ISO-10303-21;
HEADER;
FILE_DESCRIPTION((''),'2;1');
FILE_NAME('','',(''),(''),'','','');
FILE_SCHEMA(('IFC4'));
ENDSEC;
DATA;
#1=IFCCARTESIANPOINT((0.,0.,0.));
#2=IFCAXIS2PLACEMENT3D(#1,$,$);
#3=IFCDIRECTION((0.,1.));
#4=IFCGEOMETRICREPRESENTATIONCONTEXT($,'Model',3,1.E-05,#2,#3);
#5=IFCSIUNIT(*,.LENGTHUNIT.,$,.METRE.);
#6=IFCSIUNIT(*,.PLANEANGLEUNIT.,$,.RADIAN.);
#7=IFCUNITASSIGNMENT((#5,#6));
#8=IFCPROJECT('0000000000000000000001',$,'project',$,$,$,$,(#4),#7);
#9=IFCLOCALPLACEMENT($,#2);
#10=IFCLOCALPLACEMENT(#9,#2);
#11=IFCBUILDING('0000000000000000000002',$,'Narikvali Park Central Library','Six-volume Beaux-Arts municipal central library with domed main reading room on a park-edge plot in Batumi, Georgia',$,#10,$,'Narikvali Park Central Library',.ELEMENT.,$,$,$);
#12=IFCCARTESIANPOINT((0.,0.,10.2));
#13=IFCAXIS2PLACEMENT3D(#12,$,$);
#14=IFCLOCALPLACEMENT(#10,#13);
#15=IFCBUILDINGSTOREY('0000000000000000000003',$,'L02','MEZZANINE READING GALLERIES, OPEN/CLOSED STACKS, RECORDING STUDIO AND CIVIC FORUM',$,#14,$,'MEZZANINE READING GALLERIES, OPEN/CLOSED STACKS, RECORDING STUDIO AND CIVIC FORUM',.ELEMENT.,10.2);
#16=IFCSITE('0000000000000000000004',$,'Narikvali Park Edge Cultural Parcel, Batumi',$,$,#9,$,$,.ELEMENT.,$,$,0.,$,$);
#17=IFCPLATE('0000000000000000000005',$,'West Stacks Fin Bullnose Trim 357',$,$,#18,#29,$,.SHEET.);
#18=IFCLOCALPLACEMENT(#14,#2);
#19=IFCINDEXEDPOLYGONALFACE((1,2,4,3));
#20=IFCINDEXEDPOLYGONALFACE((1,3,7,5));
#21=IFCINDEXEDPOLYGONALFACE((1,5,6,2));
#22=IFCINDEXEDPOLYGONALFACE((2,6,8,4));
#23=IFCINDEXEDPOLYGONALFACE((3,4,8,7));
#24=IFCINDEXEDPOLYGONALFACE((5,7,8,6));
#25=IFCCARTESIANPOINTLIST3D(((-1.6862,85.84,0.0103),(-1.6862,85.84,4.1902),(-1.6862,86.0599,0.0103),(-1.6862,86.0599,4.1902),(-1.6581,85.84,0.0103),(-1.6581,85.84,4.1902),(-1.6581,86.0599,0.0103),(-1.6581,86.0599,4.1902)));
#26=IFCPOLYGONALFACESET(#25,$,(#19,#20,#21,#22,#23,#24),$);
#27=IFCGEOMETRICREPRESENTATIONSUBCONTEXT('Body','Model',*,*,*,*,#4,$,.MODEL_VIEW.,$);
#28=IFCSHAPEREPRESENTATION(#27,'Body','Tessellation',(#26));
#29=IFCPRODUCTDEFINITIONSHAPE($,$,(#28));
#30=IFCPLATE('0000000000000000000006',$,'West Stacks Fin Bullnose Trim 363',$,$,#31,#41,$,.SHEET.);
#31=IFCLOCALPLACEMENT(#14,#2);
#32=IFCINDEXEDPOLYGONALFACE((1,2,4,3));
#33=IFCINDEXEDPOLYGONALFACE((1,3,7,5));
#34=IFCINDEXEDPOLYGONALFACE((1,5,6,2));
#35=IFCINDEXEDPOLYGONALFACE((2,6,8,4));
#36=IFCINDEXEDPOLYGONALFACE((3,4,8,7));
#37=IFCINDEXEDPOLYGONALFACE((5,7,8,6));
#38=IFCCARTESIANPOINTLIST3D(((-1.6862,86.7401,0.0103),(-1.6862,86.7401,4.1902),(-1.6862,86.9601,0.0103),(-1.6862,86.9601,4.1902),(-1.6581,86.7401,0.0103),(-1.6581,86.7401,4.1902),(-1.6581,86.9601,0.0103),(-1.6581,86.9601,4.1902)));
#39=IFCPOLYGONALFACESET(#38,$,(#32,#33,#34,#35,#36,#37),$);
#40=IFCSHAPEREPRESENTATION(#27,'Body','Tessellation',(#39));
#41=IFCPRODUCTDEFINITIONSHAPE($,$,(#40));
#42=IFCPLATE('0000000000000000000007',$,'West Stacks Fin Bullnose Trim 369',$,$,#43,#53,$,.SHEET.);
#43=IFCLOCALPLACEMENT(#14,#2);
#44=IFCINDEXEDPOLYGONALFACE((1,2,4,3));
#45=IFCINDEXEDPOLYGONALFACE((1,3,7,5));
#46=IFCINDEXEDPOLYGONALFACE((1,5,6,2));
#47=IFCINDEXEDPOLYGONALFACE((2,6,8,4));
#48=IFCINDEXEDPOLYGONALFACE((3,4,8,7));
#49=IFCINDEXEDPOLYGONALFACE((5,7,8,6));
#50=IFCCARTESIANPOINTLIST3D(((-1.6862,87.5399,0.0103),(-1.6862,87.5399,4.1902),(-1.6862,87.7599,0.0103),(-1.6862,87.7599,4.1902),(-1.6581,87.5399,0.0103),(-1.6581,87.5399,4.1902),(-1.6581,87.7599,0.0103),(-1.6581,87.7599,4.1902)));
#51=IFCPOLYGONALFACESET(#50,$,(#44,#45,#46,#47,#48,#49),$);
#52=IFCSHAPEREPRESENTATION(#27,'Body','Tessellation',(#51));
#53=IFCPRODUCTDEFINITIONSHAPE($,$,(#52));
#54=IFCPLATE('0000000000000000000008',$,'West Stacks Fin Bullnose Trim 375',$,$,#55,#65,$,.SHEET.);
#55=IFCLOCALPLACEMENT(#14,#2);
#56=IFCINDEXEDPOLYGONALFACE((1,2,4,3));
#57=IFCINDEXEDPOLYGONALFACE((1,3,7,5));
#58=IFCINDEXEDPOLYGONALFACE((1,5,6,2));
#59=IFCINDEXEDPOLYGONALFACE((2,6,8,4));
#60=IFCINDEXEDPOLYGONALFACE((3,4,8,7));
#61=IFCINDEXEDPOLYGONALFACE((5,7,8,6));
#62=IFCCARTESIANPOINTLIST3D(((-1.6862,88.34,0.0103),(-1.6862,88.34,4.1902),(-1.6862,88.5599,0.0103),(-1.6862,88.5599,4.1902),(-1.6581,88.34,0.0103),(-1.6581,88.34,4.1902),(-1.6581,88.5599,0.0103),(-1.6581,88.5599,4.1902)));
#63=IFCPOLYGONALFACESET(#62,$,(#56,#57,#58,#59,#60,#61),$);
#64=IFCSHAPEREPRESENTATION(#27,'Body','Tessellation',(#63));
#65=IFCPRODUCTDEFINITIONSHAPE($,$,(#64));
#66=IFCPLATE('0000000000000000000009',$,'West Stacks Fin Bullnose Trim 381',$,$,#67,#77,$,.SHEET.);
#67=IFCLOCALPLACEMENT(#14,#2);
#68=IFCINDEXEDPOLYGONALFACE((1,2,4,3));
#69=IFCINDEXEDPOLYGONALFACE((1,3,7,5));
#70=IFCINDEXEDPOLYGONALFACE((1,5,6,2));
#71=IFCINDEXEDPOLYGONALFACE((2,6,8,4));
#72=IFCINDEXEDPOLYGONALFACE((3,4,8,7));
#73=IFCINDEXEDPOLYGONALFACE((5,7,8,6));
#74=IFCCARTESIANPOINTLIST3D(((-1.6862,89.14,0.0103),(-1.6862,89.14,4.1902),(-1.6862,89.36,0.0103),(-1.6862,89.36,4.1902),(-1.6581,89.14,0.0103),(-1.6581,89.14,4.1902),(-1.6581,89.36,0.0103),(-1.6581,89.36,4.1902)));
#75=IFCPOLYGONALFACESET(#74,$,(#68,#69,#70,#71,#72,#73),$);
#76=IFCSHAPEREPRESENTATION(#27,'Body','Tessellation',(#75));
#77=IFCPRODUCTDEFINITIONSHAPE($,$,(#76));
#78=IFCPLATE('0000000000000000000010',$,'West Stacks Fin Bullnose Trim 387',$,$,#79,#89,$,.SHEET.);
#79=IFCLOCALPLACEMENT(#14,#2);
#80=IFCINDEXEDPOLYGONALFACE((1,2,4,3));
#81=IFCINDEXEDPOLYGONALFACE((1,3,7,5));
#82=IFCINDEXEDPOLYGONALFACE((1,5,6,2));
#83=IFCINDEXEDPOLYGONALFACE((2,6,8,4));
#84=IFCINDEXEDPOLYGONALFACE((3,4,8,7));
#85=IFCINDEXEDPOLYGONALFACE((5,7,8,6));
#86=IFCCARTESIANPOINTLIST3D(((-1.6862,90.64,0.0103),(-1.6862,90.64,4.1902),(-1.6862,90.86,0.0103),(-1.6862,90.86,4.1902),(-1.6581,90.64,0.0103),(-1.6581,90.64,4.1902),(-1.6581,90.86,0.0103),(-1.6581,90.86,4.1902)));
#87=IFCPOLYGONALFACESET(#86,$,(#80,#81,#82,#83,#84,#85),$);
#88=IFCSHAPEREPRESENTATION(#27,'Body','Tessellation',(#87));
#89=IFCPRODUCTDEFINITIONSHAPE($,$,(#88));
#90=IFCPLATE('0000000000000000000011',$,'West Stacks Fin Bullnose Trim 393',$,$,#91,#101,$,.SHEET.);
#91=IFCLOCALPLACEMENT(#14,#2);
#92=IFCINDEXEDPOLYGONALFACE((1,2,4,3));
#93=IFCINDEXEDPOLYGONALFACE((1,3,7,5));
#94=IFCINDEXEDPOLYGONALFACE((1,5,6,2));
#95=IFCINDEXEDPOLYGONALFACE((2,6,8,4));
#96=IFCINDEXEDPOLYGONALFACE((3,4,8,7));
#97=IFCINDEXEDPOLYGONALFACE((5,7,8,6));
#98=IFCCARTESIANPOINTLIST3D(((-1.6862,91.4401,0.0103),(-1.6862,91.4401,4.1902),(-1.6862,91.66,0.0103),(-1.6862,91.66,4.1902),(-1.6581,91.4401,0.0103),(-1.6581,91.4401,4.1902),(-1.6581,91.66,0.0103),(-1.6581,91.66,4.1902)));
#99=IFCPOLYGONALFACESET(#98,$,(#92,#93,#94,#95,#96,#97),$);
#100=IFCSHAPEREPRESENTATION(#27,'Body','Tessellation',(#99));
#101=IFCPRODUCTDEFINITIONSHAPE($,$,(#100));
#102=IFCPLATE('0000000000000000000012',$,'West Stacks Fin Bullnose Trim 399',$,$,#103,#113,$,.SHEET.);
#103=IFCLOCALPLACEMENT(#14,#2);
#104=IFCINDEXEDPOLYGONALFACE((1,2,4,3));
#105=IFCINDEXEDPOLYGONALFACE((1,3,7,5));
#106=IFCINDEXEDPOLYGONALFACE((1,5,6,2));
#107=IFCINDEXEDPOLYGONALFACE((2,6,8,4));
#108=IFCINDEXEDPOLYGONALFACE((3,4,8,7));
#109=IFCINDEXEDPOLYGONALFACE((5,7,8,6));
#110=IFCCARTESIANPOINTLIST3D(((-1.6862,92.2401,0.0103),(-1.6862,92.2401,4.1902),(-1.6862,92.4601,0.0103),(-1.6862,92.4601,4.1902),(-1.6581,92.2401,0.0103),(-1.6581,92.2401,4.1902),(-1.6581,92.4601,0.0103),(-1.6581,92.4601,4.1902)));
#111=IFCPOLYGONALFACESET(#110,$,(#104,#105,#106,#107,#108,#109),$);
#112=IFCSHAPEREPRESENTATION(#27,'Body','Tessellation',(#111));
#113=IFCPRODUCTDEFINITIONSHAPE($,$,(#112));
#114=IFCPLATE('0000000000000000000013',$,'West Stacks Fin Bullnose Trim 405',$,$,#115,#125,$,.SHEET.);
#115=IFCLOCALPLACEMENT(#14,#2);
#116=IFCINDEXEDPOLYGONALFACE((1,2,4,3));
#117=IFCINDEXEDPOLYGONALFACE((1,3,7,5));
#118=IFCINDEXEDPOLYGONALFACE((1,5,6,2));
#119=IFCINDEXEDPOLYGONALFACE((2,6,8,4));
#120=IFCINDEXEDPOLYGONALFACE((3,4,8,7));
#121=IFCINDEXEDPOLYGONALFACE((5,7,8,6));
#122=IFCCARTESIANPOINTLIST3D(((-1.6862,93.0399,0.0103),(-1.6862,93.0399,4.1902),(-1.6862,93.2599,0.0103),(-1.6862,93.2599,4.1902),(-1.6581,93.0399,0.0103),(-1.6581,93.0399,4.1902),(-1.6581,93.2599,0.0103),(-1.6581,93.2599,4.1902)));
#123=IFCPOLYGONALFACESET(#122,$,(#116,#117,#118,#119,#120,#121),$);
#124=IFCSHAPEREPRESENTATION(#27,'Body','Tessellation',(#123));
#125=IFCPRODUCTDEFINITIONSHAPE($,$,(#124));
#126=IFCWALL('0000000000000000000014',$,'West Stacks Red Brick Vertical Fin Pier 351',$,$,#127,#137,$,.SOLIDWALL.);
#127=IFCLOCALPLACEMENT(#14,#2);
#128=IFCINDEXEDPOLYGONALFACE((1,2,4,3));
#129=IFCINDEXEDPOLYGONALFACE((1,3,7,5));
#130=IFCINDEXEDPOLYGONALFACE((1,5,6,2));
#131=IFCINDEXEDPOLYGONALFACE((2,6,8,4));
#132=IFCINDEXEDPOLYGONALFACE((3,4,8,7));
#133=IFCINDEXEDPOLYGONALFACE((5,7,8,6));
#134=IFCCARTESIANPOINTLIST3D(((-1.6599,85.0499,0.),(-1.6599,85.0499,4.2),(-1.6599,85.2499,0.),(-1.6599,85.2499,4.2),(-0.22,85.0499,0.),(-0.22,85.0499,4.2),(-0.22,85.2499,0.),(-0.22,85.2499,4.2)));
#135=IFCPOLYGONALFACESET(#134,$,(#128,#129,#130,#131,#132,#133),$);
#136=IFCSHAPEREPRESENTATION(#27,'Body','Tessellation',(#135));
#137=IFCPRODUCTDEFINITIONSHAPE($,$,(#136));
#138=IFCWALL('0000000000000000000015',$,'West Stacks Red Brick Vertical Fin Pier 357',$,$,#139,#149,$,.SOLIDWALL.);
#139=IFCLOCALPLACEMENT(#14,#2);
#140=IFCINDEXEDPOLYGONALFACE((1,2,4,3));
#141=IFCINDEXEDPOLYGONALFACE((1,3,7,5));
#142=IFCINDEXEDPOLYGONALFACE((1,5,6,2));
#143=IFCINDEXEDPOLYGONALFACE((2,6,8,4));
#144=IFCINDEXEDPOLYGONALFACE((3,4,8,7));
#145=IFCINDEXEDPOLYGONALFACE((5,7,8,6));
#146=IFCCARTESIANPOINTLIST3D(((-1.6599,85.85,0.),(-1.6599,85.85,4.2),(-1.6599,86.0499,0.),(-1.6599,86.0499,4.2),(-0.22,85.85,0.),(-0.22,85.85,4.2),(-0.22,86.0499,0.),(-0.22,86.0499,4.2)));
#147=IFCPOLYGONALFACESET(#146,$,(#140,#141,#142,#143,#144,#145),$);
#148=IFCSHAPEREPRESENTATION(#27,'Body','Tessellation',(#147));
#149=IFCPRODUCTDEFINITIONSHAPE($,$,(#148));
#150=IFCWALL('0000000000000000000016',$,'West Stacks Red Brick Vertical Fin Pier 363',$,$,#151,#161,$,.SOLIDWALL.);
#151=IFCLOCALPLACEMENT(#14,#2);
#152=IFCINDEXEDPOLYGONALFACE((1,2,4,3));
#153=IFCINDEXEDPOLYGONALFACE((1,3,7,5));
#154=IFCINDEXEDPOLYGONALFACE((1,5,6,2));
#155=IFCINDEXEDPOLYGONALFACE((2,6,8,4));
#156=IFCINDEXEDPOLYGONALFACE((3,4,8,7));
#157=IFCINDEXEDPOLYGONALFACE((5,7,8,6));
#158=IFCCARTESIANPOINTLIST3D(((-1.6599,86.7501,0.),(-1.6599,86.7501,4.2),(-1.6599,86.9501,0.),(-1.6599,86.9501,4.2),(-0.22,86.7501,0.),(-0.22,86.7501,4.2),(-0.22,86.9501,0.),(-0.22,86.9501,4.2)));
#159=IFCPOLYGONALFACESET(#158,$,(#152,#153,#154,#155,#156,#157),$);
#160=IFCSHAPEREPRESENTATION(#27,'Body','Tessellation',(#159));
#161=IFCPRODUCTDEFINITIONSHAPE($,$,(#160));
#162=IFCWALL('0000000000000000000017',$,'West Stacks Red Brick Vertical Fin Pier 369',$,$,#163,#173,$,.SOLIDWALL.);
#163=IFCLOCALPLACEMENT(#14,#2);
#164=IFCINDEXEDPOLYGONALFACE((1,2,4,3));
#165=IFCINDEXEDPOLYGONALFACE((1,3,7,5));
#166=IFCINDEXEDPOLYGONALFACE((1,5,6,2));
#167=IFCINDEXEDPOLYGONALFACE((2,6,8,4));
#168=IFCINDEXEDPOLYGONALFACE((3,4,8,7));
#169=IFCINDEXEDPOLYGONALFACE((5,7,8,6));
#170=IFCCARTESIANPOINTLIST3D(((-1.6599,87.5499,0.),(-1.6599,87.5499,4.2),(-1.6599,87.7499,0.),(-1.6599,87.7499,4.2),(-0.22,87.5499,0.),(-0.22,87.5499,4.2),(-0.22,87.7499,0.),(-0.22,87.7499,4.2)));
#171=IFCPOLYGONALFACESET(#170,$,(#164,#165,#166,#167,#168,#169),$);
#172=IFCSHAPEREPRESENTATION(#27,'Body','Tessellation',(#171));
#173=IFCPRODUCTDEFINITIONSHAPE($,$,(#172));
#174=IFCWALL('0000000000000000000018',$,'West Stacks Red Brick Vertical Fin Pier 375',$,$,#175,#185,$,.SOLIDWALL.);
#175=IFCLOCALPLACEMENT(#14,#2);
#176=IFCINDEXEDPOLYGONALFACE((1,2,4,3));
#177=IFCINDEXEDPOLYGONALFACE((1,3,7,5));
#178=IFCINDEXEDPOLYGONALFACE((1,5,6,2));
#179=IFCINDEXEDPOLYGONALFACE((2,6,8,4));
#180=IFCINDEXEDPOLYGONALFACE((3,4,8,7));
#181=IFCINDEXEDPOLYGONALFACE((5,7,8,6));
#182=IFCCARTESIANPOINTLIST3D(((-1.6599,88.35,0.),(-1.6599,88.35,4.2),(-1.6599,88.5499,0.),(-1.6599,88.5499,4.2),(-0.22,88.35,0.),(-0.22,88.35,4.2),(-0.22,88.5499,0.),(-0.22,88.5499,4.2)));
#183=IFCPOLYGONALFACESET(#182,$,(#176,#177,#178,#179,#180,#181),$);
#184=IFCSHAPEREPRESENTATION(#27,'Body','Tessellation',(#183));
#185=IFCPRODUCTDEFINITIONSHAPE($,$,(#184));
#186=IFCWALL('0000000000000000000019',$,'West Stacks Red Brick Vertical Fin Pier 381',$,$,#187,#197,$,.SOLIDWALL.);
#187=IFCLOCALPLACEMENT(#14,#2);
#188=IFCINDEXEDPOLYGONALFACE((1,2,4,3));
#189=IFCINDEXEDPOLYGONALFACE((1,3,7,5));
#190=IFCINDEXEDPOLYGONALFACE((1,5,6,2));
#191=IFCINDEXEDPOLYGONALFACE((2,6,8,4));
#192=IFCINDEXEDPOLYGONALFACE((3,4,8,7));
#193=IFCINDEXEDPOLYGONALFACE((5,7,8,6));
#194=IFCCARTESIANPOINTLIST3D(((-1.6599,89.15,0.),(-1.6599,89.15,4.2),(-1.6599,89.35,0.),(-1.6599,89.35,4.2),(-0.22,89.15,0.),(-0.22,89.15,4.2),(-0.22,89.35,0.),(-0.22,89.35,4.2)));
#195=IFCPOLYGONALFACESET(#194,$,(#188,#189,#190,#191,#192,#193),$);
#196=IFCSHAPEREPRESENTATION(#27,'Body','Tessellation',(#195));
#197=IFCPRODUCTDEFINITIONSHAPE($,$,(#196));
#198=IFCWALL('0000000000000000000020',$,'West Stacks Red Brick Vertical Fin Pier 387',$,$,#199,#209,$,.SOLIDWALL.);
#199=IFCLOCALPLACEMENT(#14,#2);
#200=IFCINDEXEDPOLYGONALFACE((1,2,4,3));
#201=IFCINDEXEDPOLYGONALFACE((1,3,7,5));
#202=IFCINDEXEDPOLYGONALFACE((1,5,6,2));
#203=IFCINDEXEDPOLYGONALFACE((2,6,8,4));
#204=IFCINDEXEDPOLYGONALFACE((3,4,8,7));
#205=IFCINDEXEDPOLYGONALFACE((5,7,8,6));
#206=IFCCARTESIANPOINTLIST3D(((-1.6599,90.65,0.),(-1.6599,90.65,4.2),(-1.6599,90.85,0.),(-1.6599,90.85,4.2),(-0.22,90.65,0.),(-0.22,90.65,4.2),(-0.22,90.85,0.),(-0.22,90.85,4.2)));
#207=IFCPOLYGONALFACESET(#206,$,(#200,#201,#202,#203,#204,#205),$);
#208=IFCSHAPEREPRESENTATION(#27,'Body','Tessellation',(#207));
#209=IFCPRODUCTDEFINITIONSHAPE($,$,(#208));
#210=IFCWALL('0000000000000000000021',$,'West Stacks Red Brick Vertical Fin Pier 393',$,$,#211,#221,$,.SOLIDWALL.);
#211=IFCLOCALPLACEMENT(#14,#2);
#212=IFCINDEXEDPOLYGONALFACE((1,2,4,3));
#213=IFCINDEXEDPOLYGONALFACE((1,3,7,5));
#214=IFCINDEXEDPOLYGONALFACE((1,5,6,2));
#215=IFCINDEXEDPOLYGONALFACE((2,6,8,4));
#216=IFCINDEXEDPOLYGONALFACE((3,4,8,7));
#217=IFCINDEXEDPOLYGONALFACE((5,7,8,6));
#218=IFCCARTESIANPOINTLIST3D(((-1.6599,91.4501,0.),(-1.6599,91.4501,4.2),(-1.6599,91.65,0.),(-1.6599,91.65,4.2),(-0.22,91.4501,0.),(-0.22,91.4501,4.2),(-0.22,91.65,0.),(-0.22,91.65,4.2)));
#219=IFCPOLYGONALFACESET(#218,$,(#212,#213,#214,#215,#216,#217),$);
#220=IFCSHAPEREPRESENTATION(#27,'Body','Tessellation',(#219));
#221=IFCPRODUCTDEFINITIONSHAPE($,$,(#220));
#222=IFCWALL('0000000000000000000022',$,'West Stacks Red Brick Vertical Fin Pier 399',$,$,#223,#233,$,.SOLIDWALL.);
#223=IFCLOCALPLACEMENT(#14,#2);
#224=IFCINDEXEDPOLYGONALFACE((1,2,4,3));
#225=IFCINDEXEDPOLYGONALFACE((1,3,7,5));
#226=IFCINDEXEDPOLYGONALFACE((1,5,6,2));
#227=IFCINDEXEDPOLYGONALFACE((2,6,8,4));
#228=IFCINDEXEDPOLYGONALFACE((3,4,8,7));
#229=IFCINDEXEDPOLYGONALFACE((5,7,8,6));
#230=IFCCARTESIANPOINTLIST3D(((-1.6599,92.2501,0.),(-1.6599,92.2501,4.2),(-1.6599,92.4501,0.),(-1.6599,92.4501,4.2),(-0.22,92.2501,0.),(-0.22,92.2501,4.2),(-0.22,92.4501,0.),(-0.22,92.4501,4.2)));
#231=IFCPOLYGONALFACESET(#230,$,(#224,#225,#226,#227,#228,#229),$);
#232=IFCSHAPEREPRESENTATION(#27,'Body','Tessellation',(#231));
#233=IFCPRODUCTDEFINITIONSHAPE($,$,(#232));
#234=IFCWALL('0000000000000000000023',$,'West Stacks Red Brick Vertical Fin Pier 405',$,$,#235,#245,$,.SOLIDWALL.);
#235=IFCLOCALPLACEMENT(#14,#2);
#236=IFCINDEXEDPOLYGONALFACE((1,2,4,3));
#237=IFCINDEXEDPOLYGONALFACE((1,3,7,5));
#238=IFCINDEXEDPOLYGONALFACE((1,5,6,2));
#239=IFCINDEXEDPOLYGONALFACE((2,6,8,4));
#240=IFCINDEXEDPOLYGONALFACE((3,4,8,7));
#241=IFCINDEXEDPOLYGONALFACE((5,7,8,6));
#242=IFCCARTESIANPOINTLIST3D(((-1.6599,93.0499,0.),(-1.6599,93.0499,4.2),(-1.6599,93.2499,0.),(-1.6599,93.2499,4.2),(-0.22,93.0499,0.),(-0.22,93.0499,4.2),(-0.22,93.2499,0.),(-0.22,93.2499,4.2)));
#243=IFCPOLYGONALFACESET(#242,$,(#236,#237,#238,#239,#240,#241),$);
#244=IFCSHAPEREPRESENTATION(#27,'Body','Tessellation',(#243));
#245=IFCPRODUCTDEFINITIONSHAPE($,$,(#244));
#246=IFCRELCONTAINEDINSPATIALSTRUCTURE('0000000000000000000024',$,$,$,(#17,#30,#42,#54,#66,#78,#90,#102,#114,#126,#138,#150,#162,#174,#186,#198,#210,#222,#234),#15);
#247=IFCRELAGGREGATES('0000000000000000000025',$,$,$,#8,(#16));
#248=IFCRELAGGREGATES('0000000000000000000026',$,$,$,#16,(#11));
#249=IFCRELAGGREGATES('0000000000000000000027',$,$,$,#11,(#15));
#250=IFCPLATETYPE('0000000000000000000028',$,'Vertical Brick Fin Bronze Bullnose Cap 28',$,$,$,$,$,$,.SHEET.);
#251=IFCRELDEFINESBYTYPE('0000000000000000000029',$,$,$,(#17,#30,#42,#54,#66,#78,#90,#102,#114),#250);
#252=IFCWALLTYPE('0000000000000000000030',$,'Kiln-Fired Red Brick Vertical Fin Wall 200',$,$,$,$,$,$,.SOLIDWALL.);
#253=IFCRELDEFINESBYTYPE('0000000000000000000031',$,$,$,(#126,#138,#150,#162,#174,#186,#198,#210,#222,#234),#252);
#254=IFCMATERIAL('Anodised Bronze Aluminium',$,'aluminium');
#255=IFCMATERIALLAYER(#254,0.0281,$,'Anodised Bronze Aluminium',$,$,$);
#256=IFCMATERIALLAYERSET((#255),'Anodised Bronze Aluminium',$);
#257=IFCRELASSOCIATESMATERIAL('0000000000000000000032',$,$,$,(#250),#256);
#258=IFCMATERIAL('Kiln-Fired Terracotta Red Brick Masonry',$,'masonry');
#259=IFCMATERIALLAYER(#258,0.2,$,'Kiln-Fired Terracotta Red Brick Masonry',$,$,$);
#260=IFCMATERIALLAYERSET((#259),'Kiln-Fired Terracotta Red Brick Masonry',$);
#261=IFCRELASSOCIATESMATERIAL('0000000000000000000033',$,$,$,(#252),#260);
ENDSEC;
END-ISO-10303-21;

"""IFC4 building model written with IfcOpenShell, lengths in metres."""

from ifc_helpers import new_model, si_unit, direction, frame, frame_2d, origin, origin_2d, place, context, subcontext, project, spatial, rectangle, extrude, material, layer, layer_set, type_object, element, save


model = new_model("IFC4")

# Units and contexts
model_context = context("Model", 3, precision=1e-05, world=origin(), true_north=direction((0.0, 1.0)))
body_context = subcontext(model_context, "Body", "Model", "MODEL_VIEW")
ifc_project = project(units=[si_unit("LENGTHUNIT", "METRE"), si_unit("PLANEANGLEUNIT", "RADIAN")], contexts=[model_context])

# Site, building, storey
site_placement = place(None, origin())
site = spatial("IfcSite", under=ifc_project, at=site_placement, Name="Narikvali Park Edge Cultural Parcel, Batumi", CompositionType="ELEMENT", RefElevation=0.0)
building_placement = place(site_placement, origin())
building = spatial("IfcBuilding", under=site, at=building_placement, Name="Narikvali Park Central Library", Description="Six-volume Beaux-Arts municipal central library with domed main reading room on a park-edge plot in Batumi, Georgia", LongName="Narikvali Park Central Library", CompositionType="ELEMENT")
storey_placement = place(building_placement, frame((0.0, 0.0, 10.2)))
storey = spatial("IfcBuildingStorey", under=building, at=storey_placement, Name="L02", Description="MEZZANINE READING GALLERIES, OPEN/CLOSED STACKS, RECORDING STUDIO AND CIVIC FORUM", LongName="MEZZANINE READING GALLERIES, OPEN/CLOSED STACKS, RECORDING STUDIO AND CIVIC FORUM", CompositionType="ELEMENT", Elevation=10.2)

# Plates
ifc_material_1 = material(Name="Anodised Bronze Aluminium", Category="aluminium")
ifc_layer_1 = layer(ifc_material_1, 0.0281, Name="Anodised Bronze Aluminium")
ifc_layer_set_1 = layer_set([ifc_layer_1], Name="Anodised Bronze Aluminium")
plate_type = type_object("IfcPlateType", Name="Vertical Brick Fin Bronze Bullnose Cap 28", PredefinedType="SHEET", material=ifc_layer_set_1)
for number, where, z_axis, x_axis, name in (
    (1, (-1.6721, 85.95, 0.0103), (0.0, 0.0, 1.0), (1.0, 0.0, 0.0), "West Stacks Fin Bullnose Trim 357"),
    (2, (-1.6721, 86.8501, 0.0103), (0.0, 0.0, 1.0), (1.0, 0.0, 0.0), "West Stacks Fin Bullnose Trim 363"),
    (3, (-1.6721, 87.6499, 0.0103), (0.0, 0.0, 1.0), (1.0, 0.0, 0.0), "West Stacks Fin Bullnose Trim 369"),
    (4, (-1.6721, 88.45, 0.0103), (0.0, 0.0, 1.0), (1.0, 0.0, 0.0), "West Stacks Fin Bullnose Trim 375"),
    (5, (-1.6721, 89.25, 0.0103), (0.0, 0.0, 1.0), (1.0, 0.0, 0.0), "West Stacks Fin Bullnose Trim 381"),
    (6, (-1.6721, 90.75, 0.0103), (0.0, 0.0, 1.0), (1.0, 0.0, 0.0), "West Stacks Fin Bullnose Trim 387"),
    (7, (-1.6721, 91.55, 0.0103), (0.0, 0.0, 1.0), (1.0, 0.0, 0.0), "West Stacks Fin Bullnose Trim 393"),
    (8, (-1.6721, 92.3501, 0.0103), (0.0, 0.0, 1.0), (1.0, 0.0, 0.0), "West Stacks Fin Bullnose Trim 399"),
    (9, (-1.6721, 93.1499, 0.0103), (0.0, 0.0, 1.0), (1.0, 0.0, 0.0), "West Stacks Fin Bullnose Trim 405"),
):
    element("IfcPlate", number, at=place(storey_placement, frame(where, z_axis=z_axis, x_axis=x_axis)), inside=storey, type_object=plate_type, Name=name, PredefinedType="SHEET", context=body_context, shape_type="SweptSolid", body=[
        extrude(rectangle(XDim=0.0281, YDim=0.22, at=origin_2d()), origin(), (0.0, 0.0, 1.0), 4.1799),
    ])

# Walls
ifc_material_2 = material(Name="Kiln-Fired Terracotta Red Brick Masonry", Category="masonry")
ifc_layer_2 = layer(ifc_material_2, 0.2, Name="Kiln-Fired Terracotta Red Brick Masonry")
ifc_layer_set_2 = layer_set([ifc_layer_2], Name="Kiln-Fired Terracotta Red Brick Masonry")
wall_type = type_object("IfcWallType", Name="Kiln-Fired Red Brick Vertical Fin Wall 200", PredefinedType="SOLIDWALL", material=ifc_layer_set_2)
for number, where, z_axis, x_axis, name in (
    (10, (-1.6599, 85.1499, 0.0), (0.0, 0.0, 1.0), (1.0, 0.0, 0.0), "West Stacks Red Brick Vertical Fin Pier 351"),
    (11, (-1.6599, 85.95, 0.0), (0.0, 0.0, 1.0), (1.0, 0.0, 0.0), "West Stacks Red Brick Vertical Fin Pier 357"),
    (12, (-1.6599, 86.8501, 0.0), (0.0, 0.0, 1.0), (1.0, 0.0, 0.0), "West Stacks Red Brick Vertical Fin Pier 363"),
    (13, (-1.6599, 87.6499, 0.0), (0.0, 0.0, 1.0), (1.0, 0.0, 0.0), "West Stacks Red Brick Vertical Fin Pier 369"),
    (14, (-1.6599, 88.45, 0.0), (0.0, 0.0, 1.0), (1.0, 0.0, 0.0), "West Stacks Red Brick Vertical Fin Pier 375"),
    (15, (-1.6599, 89.25, 0.0), (0.0, 0.0, 1.0), (1.0, 0.0, 0.0), "West Stacks Red Brick Vertical Fin Pier 381"),
    (16, (-1.6599, 90.75, 0.0), (0.0, 0.0, 1.0), (1.0, 0.0, 0.0), "West Stacks Red Brick Vertical Fin Pier 387"),
    (17, (-1.6599, 91.55, 0.0), (0.0, 0.0, 1.0), (1.0, 0.0, 0.0), "West Stacks Red Brick Vertical Fin Pier 393"),
    (18, (-1.6599, 92.3501, 0.0), (0.0, 0.0, 1.0), (1.0, 0.0, 0.0), "West Stacks Red Brick Vertical Fin Pier 399"),
    (19, (-1.6599, 93.1499, 0.0), (0.0, 0.0, 1.0), (1.0, 0.0, 0.0), "West Stacks Red Brick Vertical Fin Pier 405"),
):
    element("IfcWall", number, at=place(storey_placement, frame(where, z_axis=z_axis, x_axis=x_axis)), inside=storey, type_object=wall_type, Name=name, PredefinedType="SOLIDWALL", context=body_context, shape_type="SweptSolid", body=[
        extrude(rectangle(XDim=1.4399, YDim=0.2, at=frame_2d((0.72, 0.0))), origin(), (0.0, 0.0, 1.0), 4.2),
    ])

save(model, "model.ifc")
